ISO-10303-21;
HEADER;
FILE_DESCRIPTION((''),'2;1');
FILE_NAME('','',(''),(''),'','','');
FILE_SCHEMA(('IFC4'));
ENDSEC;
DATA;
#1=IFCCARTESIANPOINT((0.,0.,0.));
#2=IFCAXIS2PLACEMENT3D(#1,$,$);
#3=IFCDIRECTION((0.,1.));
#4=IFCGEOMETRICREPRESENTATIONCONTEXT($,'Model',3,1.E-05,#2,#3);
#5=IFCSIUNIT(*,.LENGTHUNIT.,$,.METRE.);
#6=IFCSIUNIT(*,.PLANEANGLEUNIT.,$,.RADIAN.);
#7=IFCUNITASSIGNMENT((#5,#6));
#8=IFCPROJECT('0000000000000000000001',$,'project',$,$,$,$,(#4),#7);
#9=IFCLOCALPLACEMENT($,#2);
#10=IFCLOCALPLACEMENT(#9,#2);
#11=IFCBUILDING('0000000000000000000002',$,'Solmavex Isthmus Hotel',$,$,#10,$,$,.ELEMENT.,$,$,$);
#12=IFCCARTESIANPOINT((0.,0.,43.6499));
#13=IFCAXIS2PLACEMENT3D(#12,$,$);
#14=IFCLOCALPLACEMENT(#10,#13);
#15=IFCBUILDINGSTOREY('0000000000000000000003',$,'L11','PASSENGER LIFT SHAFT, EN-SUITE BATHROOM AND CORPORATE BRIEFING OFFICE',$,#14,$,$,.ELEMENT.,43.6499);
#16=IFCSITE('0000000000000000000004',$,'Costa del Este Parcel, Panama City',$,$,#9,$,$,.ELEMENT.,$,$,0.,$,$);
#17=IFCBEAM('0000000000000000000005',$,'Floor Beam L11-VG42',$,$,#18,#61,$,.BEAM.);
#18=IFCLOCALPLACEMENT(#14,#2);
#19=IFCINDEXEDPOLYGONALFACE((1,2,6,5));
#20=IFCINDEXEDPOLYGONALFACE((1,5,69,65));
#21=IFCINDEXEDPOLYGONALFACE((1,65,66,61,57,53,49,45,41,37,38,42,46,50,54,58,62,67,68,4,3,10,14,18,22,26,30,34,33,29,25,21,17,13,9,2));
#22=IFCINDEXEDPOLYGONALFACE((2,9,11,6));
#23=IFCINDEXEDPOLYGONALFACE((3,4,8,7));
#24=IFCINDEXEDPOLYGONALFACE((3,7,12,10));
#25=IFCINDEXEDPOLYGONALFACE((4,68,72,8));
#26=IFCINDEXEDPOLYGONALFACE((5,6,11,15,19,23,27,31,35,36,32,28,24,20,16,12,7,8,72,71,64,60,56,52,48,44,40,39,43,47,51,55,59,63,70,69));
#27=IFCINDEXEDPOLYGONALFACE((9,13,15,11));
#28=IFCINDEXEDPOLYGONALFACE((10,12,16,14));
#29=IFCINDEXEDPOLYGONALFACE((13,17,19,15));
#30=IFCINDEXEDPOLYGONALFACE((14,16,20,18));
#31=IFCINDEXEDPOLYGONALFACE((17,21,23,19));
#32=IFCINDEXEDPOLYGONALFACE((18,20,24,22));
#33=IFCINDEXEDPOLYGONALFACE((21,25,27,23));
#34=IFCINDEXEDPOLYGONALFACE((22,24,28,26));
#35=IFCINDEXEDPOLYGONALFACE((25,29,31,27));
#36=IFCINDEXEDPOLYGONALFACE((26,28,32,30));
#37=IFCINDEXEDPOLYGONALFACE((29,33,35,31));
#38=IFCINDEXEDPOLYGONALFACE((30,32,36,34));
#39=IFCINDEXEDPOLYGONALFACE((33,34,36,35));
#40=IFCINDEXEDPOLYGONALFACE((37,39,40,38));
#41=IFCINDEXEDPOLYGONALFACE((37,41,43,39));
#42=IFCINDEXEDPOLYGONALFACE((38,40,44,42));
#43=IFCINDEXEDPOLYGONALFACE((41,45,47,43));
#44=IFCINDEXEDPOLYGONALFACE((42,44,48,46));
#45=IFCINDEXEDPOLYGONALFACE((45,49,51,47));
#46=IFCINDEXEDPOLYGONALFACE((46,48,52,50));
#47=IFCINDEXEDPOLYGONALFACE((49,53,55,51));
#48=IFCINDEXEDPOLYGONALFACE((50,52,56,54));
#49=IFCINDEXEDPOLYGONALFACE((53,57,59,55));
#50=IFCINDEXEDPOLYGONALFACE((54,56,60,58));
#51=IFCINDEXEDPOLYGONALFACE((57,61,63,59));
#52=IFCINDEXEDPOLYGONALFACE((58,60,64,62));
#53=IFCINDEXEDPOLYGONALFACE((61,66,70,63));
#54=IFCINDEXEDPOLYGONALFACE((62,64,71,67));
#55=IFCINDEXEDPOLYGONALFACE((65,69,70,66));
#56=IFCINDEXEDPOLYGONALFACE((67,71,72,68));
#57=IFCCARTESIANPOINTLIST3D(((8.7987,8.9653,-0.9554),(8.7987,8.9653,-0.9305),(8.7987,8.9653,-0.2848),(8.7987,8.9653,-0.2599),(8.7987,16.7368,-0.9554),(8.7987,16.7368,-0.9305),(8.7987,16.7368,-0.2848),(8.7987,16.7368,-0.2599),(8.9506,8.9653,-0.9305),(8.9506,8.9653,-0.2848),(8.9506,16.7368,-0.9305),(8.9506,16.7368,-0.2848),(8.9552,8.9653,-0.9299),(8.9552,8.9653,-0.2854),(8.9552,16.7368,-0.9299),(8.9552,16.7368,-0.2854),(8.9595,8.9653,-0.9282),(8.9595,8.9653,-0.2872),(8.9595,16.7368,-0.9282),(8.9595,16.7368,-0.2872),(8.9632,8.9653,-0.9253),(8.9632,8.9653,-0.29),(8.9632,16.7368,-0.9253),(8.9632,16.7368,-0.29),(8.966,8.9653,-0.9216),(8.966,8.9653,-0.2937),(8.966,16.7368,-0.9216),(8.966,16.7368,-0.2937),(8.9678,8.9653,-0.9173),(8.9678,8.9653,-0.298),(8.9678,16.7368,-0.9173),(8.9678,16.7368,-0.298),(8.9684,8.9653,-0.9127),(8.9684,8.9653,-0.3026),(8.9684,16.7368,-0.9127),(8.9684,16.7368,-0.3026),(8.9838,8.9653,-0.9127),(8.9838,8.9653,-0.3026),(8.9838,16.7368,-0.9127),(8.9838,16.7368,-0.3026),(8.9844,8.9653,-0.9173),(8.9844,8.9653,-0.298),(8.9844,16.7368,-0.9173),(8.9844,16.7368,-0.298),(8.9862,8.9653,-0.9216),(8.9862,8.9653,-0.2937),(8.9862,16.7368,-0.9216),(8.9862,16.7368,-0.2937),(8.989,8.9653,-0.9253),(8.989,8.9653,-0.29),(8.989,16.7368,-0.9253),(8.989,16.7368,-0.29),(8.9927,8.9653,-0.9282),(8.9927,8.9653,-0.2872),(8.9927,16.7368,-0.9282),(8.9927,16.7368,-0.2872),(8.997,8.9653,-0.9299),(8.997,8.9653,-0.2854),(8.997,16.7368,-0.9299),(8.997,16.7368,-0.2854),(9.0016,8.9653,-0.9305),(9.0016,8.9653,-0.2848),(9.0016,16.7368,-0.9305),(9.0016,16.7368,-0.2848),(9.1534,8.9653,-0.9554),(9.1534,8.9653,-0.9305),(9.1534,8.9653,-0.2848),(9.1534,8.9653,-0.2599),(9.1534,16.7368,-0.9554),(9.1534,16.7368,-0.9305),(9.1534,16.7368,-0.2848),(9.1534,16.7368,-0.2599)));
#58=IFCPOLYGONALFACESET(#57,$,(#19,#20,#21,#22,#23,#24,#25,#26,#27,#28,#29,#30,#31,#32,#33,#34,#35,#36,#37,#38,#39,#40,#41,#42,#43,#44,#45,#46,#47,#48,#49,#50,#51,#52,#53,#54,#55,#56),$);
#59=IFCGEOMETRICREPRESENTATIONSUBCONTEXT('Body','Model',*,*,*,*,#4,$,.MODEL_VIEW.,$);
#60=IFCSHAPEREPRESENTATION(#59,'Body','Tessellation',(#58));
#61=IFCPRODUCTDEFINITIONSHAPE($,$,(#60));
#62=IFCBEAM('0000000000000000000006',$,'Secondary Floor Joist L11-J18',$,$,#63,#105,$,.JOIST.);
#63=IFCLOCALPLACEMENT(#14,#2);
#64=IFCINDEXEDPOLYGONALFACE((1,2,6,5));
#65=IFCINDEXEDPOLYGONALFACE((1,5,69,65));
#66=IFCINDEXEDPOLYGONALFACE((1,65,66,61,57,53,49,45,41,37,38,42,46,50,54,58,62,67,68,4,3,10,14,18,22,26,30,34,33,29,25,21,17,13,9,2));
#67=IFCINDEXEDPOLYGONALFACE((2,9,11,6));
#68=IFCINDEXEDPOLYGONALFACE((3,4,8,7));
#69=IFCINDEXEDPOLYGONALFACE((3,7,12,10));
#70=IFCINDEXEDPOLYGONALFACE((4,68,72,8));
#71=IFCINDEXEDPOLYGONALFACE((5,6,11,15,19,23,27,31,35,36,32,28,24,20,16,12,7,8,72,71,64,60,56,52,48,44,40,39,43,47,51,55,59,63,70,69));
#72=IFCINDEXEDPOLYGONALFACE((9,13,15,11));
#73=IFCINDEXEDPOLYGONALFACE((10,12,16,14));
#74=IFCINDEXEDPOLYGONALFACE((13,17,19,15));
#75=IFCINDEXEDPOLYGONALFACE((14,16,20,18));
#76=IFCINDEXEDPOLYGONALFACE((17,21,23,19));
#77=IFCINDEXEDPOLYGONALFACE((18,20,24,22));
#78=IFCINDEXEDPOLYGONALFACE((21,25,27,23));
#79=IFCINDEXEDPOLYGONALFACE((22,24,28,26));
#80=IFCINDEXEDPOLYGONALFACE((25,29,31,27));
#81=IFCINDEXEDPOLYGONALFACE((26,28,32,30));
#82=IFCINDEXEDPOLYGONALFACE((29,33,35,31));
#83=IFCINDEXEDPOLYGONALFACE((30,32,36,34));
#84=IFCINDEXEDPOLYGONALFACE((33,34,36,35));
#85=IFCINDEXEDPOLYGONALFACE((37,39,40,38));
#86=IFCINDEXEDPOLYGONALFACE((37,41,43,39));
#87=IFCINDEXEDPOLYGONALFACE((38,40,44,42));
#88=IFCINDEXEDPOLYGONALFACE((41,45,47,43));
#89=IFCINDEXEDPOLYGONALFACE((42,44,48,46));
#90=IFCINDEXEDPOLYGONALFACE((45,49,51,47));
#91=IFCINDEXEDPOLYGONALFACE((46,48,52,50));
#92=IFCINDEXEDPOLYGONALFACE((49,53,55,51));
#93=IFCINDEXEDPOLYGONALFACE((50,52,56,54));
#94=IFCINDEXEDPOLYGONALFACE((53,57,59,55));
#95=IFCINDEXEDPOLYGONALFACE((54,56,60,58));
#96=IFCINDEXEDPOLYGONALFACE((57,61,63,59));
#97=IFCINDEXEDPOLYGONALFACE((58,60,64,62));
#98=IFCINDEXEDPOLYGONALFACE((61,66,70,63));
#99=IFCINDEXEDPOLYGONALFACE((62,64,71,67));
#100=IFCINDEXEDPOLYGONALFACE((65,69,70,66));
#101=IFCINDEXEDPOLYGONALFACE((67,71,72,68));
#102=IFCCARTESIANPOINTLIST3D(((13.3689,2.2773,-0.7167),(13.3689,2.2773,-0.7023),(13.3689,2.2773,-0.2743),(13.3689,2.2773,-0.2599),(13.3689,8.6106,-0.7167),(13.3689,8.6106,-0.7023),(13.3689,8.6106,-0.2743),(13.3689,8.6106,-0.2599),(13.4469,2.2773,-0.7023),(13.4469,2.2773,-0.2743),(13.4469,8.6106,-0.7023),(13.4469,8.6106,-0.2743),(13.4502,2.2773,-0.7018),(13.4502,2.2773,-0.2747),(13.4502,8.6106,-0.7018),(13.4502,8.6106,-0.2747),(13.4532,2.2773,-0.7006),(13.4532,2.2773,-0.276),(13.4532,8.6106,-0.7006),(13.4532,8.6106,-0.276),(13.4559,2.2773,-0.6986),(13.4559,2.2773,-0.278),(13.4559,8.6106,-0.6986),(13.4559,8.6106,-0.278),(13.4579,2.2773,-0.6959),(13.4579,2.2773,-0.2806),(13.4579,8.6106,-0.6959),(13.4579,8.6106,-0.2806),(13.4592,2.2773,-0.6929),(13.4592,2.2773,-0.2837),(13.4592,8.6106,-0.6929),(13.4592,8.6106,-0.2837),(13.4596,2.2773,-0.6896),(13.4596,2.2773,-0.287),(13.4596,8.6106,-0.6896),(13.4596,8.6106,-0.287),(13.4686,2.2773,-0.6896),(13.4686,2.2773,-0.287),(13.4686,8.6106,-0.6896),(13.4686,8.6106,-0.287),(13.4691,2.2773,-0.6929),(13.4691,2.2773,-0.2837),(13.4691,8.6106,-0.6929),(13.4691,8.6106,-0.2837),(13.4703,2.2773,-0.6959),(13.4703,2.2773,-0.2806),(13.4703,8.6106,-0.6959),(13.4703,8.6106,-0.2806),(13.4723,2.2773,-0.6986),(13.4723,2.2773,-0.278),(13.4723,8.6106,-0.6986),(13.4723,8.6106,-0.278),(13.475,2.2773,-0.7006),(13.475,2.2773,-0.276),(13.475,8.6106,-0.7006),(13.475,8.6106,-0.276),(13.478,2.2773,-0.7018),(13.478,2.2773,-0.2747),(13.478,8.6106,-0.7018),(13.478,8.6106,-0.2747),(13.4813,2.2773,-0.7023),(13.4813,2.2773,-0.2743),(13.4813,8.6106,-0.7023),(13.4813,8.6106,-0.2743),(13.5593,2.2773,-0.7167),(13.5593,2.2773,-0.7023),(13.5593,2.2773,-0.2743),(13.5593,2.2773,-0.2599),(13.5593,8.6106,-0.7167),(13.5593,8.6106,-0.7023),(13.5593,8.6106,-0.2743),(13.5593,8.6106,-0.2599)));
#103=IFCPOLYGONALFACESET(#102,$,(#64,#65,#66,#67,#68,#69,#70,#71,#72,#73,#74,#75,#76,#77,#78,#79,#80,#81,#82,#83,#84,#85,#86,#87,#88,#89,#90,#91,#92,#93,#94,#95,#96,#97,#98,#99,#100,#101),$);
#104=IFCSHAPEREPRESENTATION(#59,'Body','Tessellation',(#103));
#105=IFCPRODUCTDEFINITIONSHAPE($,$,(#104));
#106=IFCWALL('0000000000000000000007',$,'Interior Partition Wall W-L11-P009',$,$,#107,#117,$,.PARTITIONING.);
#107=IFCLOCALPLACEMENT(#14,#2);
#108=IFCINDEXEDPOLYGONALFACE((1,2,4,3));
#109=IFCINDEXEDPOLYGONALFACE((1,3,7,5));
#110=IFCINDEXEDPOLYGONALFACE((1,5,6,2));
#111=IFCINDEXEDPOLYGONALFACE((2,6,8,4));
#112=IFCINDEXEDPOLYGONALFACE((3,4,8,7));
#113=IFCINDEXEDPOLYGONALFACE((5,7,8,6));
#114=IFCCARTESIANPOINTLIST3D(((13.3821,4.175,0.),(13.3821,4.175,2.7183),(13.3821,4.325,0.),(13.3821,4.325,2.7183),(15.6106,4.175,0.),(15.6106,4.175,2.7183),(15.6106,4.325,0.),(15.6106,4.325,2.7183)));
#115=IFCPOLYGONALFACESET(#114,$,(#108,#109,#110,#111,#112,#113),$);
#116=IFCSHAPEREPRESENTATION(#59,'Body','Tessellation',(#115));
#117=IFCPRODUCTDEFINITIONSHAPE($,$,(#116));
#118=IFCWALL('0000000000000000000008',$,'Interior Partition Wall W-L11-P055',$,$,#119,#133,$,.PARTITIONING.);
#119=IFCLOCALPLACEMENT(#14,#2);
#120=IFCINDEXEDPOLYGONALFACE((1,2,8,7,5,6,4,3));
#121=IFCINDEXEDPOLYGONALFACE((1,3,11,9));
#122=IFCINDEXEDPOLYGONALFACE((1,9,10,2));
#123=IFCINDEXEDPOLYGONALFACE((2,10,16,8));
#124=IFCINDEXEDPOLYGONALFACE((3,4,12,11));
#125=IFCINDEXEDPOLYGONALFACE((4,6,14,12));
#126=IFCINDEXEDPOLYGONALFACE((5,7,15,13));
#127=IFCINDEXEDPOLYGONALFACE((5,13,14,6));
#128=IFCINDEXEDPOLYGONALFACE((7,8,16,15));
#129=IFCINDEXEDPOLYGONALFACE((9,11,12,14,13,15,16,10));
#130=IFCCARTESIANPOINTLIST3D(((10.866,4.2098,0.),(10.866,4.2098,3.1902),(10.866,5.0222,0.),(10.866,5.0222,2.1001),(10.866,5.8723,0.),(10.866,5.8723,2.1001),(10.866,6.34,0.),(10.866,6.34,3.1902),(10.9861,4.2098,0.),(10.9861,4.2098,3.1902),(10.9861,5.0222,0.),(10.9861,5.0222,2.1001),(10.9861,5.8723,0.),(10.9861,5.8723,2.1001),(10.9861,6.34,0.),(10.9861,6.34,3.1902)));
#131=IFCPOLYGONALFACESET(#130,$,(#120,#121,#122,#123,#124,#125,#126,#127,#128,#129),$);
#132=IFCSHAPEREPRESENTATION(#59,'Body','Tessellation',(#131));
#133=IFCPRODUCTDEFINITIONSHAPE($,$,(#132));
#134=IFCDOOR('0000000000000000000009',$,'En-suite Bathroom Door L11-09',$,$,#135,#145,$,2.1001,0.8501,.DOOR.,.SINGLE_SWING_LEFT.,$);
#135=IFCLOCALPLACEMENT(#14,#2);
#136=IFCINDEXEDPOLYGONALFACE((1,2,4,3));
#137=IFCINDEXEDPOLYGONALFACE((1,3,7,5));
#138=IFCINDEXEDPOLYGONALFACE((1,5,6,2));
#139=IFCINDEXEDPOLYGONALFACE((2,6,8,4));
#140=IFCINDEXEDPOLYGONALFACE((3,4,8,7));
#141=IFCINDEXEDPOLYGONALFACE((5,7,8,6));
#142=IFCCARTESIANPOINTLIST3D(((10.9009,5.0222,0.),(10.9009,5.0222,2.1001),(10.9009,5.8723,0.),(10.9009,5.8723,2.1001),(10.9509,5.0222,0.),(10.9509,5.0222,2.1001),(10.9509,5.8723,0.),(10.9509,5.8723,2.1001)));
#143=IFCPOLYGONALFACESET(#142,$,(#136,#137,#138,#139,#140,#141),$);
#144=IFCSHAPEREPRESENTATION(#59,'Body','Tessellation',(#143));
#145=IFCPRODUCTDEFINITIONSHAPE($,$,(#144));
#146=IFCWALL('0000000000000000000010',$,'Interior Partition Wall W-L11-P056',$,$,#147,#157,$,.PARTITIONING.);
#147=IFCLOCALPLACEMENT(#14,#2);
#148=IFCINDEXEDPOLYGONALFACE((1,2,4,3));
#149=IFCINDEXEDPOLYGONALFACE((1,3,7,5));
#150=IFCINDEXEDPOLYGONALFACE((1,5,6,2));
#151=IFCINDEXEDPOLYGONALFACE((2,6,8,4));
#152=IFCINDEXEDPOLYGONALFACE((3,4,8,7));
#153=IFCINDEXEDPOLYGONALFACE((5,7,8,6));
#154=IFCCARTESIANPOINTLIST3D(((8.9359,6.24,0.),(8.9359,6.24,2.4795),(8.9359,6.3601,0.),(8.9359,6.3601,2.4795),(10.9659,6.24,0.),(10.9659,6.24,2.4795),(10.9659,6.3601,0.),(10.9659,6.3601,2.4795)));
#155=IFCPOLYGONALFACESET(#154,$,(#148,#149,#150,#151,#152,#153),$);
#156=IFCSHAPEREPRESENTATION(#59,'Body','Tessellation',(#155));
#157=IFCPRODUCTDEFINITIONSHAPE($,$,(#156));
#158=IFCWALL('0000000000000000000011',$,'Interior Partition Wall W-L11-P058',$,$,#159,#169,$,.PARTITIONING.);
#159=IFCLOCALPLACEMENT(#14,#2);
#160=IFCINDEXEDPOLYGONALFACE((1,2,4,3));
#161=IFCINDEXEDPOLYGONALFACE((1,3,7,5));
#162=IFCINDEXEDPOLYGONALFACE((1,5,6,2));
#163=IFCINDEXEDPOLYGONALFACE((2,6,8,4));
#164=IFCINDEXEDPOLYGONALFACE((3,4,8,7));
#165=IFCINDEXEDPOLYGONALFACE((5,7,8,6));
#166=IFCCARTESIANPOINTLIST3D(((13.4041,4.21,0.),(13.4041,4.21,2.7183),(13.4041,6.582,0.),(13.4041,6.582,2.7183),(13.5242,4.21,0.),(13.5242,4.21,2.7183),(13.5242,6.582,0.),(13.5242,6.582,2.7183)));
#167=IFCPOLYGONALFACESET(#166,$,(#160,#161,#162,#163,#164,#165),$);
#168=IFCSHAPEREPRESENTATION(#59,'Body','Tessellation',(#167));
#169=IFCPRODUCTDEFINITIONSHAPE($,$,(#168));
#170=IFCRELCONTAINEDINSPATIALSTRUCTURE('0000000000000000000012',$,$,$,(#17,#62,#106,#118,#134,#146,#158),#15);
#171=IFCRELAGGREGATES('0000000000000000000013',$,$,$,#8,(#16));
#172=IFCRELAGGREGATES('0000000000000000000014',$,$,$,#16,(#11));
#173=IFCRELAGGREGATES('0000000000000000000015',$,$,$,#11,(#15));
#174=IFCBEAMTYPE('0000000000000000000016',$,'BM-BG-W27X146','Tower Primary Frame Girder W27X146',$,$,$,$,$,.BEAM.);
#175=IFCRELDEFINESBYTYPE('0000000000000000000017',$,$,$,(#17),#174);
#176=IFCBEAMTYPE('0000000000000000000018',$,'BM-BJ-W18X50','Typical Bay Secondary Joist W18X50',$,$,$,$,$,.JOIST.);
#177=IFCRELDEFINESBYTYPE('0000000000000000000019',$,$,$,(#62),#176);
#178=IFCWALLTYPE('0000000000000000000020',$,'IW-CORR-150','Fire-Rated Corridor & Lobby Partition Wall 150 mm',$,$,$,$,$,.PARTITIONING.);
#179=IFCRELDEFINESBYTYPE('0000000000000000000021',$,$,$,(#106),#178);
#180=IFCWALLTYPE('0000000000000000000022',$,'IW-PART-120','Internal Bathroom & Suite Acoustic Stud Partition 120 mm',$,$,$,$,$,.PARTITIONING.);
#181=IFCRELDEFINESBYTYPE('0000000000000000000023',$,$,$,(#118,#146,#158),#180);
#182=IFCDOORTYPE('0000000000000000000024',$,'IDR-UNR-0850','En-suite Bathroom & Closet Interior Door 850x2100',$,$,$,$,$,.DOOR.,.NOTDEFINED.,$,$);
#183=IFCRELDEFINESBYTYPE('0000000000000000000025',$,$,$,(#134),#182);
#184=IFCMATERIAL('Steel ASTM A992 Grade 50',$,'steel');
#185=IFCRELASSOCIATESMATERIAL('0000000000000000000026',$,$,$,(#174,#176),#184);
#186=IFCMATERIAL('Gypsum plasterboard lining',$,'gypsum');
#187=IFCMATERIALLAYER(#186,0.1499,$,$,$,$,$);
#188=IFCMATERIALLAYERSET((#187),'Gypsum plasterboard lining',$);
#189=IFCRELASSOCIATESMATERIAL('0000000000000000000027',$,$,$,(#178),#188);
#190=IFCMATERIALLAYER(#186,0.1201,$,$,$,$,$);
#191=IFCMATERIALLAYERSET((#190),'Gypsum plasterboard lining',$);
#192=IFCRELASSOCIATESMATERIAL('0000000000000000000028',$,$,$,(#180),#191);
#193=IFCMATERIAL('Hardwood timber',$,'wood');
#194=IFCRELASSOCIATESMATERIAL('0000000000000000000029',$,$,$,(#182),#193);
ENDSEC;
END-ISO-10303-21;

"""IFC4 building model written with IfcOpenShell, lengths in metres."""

from ifc_helpers import new_model, si_unit, direction, frame, frame_2d, origin, origin_2d, place, context, subcontext, project, spatial, rectangle, i_section, extrude, material, layer, layer_set, material_profile, profile_set, type_object, element, fill, save


model = new_model("IFC4")

# Units and contexts
model_context = context("Model", 3, precision=1e-05, world=origin(), true_north=direction((0.0, 1.0)))
body_context = subcontext(model_context, "Body", "Model", "MODEL_VIEW")
ifc_project = project(units=[si_unit("LENGTHUNIT", "METRE"), si_unit("PLANEANGLEUNIT", "RADIAN")], contexts=[model_context])

# Site, building, storey
site_placement = place(None, origin())
site = spatial("IfcSite", under=ifc_project, at=site_placement, Name="Costa del Este Parcel, Panama City", CompositionType="ELEMENT", RefElevation=0.0)
building_placement = place(site_placement, origin())
building = spatial("IfcBuilding", under=site, at=building_placement, Name="Solmavex Isthmus Hotel", CompositionType="ELEMENT")
storey_placement = place(building_placement, frame((0.0, 0.0, 43.6499)))
storey = spatial("IfcBuildingStorey", under=building, at=storey_placement, Name="L11", Description="PASSENGER LIFT SHAFT, EN-SUITE BATHROOM AND CORPORATE BRIEFING OFFICE", CompositionType="ELEMENT", Elevation=43.6499)

# Beams
ifc_material_1 = material(Name="Steel ASTM A992 Grade 50", Category="steel")
ifc_material_profile_1 = material_profile(ifc_material_1, i_section(OverallWidth=0.3547, OverallDepth=0.6956, WebThickness=0.0154, FlangeThickness=0.0249, FilletRadius=0.0178, at=origin_2d()), Name="W27X146")
ifc_profile_set_1 = profile_set([ifc_material_profile_1], Name="Steel ASTM A992 Grade 50")
beam_type_1 = type_object("IfcBeamType", Name="BM-BG-W27X146", Description="Tower Primary Frame Girder W27X146", PredefinedType="BEAM", material=ifc_profile_set_1)
beam_1_placement = place(storey_placement, frame((8.9761, 8.9653, -0.6077), z_axis=(0.0, 1.0, 0.0), x_axis=(-1.0, 0.0, 0.0)))
element("IfcBeam", 1, at=beam_1_placement, inside=storey, type_object=beam_type_1, Name="Floor Beam L11-VG42", PredefinedType="BEAM", context=body_context, shape_type="SweptSolid", body=[
    extrude(i_section(OverallWidth=0.3547, OverallDepth=0.6956, WebThickness=0.0154, FlangeThickness=0.0249, FilletRadius=0.0178, at=origin_2d()), origin(), (0.0, 0.0, 1.0), 7.7715),
])
ifc_material_profile_2 = material_profile(ifc_material_1, i_section(OverallWidth=0.1904, OverallDepth=0.4568, WebThickness=0.009, FlangeThickness=0.0144, FilletRadius=0.0127, at=origin_2d()), Name="W18X50")
ifc_profile_set_2 = profile_set([ifc_material_profile_2], Name="Steel ASTM A992 Grade 50")
beam_type_2 = type_object("IfcBeamType", Name="BM-BJ-W18X50", Description="Typical Bay Secondary Joist W18X50", PredefinedType="JOIST", material=ifc_profile_set_2)
beam_2_placement = place(storey_placement, frame((13.4641, 2.2773, -0.4883), z_axis=(0.0, 1.0, 0.0), x_axis=(-1.0, 0.0, 0.0)))
element("IfcBeam", 2, at=beam_2_placement, inside=storey, type_object=beam_type_2, Name="Secondary Floor Joist L11-J18", PredefinedType="JOIST", context=body_context, shape_type="SweptSolid", body=[
    extrude(i_section(OverallWidth=0.1904, OverallDepth=0.4568, WebThickness=0.009, FlangeThickness=0.0144, FilletRadius=0.0127, at=origin_2d()), origin(), (0.0, 0.0, 1.0), 6.3333),
])

# Shared definitions
ifc_material_2 = material(Name="Gypsum plasterboard lining", Category="gypsum")
ifc_layer_1 = layer(ifc_material_2, 0.1499)
ifc_layer_set_1 = layer_set([ifc_layer_1], Name="Gypsum plasterboard lining")
wall_type_1 = type_object("IfcWallType", Name="IW-CORR-150", Description="Fire-Rated Corridor & Lobby Partition Wall 150 mm", PredefinedType="PARTITIONING", material=ifc_layer_set_1)
ifc_material_3 = material(Name="Hardwood timber", Category="wood")

# Wall
wall_1_placement = place(storey_placement, frame((13.3821, 4.25, 0.0), z_axis=(0.0, 0.0, 1.0), x_axis=(1.0, 0.0, 0.0)))
element("IfcWall", 3, at=wall_1_placement, inside=storey, type_object=wall_type_1, Name="Interior Partition Wall W-L11-P009", PredefinedType="PARTITIONING", context=body_context, shape_type="SweptSolid", body=[
    extrude(rectangle(XDim=2.2285, YDim=0.1499, at=frame_2d((1.1143, 0.0))), origin(), (0.0, 0.0, 1.0), 2.7183),
])

# Wall, opening, door
ifc_layer_2 = layer(ifc_material_2, 0.1201)
ifc_layer_set_2 = layer_set([ifc_layer_2], Name="Gypsum plasterboard lining")
wall_type_2 = type_object("IfcWallType", Name="IW-PART-120", Description="Internal Bathroom & Suite Acoustic Stud Partition 120 mm", PredefinedType="PARTITIONING", material=ifc_layer_set_2)
wall_2_placement = place(storey_placement, frame((10.926, 4.21, 0.0), z_axis=(0.0, 0.0, 1.0), x_axis=(0.0, 1.0, 0.0)))
wall_2 = element("IfcWall", 4, at=wall_2_placement, inside=storey, type_object=wall_type_2, Name="Interior Partition Wall W-L11-P055", PredefinedType="PARTITIONING", context=body_context, shape_type="SweptSolid", body=[
    extrude(rectangle(XDim=2.1301, YDim=0.1201, at=frame_2d((1.0649, 0.0))), origin(), (0.0, 0.0, 1.0), 3.1902),
])
opening_1_placement = place(wall_2_placement, frame((0.8123, 0.0, 0.0)))
opening_1 = element("IfcOpeningElement", 5, at=opening_1_placement, cuts=wall_2, PredefinedType="OPENING", context=body_context, shape_type="SweptSolid", body=[
    extrude(rectangle(XDim=0.8501, YDim=2.1001, at=frame_2d((0.425, 1.05))), frame((0.0, 0.0701, 0.0), z_axis=(0.0, -1.0, 0.0), x_axis=(1.0, 0.0, 0.0)), (0.0, 0.0, 1.0), 0.1401),
])
door_type_1 = type_object("IfcDoorType", Name="IDR-UNR-0850", Description="En-suite Bathroom & Closet Interior Door 850x2100", OperationType="NOTDEFINED", PredefinedType="DOOR", material=ifc_material_3)
door_1_placement = place(opening_1_placement, frame((0.8501, 0.0, 0.0), z_axis=(0.0, 0.0, 1.0), x_axis=(-1.0, 0.0, 0.0)))
door_1 = element("IfcDoor", 6, at=door_1_placement, inside=storey, type_object=door_type_1, Name="En-suite Bathroom Door L11-09", OperationType="SINGLE_SWING_LEFT", OverallHeight=2.1001, OverallWidth=0.8501, PredefinedType="DOOR", context=body_context, shape_type="SweptSolid", body=[
    extrude(rectangle(XDim=0.8501, YDim=2.1001, at=frame_2d((0.425, 1.05))), frame((0.0, 0.0249, 0.0), z_axis=(0.0, -1.0, 0.0), x_axis=(1.0, 0.0, 0.0)), (0.0, 0.0, 1.0), 0.05),
])
fill(opening_1, door_1)

# Walls
wall_3_placement = place(storey_placement, frame((10.9661, 6.3, 0.0), z_axis=(0.0, 0.0, 1.0), x_axis=(-1.0, 0.0, 0.0)))
element("IfcWall", 7, at=wall_3_placement, inside=storey, type_object=wall_type_2, Name="Interior Partition Wall W-L11-P056", PredefinedType="PARTITIONING", context=body_context, shape_type="SweptSolid", body=[
    extrude(rectangle(XDim=2.03, YDim=0.1201, at=frame_2d((1.0151, 0.0))), origin(), (0.0, 0.0, 1.0), 2.4795),
])
wall_4_placement = place(storey_placement, frame((13.4641, 6.582, 0.0), z_axis=(0.0, 0.0, 1.0), x_axis=(0.0, -1.0, 0.0)))
element("IfcWall", 8, at=wall_4_placement, inside=storey, type_object=wall_type_2, Name="Interior Partition Wall W-L11-P058", PredefinedType="PARTITIONING", context=body_context, shape_type="SweptSolid", body=[
    extrude(rectangle(XDim=2.3721, YDim=0.1201, at=frame_2d((1.186, 0.0))), origin(), (0.0, 0.0, 1.0), 2.7183),
])

save(model, "model.ifc")
